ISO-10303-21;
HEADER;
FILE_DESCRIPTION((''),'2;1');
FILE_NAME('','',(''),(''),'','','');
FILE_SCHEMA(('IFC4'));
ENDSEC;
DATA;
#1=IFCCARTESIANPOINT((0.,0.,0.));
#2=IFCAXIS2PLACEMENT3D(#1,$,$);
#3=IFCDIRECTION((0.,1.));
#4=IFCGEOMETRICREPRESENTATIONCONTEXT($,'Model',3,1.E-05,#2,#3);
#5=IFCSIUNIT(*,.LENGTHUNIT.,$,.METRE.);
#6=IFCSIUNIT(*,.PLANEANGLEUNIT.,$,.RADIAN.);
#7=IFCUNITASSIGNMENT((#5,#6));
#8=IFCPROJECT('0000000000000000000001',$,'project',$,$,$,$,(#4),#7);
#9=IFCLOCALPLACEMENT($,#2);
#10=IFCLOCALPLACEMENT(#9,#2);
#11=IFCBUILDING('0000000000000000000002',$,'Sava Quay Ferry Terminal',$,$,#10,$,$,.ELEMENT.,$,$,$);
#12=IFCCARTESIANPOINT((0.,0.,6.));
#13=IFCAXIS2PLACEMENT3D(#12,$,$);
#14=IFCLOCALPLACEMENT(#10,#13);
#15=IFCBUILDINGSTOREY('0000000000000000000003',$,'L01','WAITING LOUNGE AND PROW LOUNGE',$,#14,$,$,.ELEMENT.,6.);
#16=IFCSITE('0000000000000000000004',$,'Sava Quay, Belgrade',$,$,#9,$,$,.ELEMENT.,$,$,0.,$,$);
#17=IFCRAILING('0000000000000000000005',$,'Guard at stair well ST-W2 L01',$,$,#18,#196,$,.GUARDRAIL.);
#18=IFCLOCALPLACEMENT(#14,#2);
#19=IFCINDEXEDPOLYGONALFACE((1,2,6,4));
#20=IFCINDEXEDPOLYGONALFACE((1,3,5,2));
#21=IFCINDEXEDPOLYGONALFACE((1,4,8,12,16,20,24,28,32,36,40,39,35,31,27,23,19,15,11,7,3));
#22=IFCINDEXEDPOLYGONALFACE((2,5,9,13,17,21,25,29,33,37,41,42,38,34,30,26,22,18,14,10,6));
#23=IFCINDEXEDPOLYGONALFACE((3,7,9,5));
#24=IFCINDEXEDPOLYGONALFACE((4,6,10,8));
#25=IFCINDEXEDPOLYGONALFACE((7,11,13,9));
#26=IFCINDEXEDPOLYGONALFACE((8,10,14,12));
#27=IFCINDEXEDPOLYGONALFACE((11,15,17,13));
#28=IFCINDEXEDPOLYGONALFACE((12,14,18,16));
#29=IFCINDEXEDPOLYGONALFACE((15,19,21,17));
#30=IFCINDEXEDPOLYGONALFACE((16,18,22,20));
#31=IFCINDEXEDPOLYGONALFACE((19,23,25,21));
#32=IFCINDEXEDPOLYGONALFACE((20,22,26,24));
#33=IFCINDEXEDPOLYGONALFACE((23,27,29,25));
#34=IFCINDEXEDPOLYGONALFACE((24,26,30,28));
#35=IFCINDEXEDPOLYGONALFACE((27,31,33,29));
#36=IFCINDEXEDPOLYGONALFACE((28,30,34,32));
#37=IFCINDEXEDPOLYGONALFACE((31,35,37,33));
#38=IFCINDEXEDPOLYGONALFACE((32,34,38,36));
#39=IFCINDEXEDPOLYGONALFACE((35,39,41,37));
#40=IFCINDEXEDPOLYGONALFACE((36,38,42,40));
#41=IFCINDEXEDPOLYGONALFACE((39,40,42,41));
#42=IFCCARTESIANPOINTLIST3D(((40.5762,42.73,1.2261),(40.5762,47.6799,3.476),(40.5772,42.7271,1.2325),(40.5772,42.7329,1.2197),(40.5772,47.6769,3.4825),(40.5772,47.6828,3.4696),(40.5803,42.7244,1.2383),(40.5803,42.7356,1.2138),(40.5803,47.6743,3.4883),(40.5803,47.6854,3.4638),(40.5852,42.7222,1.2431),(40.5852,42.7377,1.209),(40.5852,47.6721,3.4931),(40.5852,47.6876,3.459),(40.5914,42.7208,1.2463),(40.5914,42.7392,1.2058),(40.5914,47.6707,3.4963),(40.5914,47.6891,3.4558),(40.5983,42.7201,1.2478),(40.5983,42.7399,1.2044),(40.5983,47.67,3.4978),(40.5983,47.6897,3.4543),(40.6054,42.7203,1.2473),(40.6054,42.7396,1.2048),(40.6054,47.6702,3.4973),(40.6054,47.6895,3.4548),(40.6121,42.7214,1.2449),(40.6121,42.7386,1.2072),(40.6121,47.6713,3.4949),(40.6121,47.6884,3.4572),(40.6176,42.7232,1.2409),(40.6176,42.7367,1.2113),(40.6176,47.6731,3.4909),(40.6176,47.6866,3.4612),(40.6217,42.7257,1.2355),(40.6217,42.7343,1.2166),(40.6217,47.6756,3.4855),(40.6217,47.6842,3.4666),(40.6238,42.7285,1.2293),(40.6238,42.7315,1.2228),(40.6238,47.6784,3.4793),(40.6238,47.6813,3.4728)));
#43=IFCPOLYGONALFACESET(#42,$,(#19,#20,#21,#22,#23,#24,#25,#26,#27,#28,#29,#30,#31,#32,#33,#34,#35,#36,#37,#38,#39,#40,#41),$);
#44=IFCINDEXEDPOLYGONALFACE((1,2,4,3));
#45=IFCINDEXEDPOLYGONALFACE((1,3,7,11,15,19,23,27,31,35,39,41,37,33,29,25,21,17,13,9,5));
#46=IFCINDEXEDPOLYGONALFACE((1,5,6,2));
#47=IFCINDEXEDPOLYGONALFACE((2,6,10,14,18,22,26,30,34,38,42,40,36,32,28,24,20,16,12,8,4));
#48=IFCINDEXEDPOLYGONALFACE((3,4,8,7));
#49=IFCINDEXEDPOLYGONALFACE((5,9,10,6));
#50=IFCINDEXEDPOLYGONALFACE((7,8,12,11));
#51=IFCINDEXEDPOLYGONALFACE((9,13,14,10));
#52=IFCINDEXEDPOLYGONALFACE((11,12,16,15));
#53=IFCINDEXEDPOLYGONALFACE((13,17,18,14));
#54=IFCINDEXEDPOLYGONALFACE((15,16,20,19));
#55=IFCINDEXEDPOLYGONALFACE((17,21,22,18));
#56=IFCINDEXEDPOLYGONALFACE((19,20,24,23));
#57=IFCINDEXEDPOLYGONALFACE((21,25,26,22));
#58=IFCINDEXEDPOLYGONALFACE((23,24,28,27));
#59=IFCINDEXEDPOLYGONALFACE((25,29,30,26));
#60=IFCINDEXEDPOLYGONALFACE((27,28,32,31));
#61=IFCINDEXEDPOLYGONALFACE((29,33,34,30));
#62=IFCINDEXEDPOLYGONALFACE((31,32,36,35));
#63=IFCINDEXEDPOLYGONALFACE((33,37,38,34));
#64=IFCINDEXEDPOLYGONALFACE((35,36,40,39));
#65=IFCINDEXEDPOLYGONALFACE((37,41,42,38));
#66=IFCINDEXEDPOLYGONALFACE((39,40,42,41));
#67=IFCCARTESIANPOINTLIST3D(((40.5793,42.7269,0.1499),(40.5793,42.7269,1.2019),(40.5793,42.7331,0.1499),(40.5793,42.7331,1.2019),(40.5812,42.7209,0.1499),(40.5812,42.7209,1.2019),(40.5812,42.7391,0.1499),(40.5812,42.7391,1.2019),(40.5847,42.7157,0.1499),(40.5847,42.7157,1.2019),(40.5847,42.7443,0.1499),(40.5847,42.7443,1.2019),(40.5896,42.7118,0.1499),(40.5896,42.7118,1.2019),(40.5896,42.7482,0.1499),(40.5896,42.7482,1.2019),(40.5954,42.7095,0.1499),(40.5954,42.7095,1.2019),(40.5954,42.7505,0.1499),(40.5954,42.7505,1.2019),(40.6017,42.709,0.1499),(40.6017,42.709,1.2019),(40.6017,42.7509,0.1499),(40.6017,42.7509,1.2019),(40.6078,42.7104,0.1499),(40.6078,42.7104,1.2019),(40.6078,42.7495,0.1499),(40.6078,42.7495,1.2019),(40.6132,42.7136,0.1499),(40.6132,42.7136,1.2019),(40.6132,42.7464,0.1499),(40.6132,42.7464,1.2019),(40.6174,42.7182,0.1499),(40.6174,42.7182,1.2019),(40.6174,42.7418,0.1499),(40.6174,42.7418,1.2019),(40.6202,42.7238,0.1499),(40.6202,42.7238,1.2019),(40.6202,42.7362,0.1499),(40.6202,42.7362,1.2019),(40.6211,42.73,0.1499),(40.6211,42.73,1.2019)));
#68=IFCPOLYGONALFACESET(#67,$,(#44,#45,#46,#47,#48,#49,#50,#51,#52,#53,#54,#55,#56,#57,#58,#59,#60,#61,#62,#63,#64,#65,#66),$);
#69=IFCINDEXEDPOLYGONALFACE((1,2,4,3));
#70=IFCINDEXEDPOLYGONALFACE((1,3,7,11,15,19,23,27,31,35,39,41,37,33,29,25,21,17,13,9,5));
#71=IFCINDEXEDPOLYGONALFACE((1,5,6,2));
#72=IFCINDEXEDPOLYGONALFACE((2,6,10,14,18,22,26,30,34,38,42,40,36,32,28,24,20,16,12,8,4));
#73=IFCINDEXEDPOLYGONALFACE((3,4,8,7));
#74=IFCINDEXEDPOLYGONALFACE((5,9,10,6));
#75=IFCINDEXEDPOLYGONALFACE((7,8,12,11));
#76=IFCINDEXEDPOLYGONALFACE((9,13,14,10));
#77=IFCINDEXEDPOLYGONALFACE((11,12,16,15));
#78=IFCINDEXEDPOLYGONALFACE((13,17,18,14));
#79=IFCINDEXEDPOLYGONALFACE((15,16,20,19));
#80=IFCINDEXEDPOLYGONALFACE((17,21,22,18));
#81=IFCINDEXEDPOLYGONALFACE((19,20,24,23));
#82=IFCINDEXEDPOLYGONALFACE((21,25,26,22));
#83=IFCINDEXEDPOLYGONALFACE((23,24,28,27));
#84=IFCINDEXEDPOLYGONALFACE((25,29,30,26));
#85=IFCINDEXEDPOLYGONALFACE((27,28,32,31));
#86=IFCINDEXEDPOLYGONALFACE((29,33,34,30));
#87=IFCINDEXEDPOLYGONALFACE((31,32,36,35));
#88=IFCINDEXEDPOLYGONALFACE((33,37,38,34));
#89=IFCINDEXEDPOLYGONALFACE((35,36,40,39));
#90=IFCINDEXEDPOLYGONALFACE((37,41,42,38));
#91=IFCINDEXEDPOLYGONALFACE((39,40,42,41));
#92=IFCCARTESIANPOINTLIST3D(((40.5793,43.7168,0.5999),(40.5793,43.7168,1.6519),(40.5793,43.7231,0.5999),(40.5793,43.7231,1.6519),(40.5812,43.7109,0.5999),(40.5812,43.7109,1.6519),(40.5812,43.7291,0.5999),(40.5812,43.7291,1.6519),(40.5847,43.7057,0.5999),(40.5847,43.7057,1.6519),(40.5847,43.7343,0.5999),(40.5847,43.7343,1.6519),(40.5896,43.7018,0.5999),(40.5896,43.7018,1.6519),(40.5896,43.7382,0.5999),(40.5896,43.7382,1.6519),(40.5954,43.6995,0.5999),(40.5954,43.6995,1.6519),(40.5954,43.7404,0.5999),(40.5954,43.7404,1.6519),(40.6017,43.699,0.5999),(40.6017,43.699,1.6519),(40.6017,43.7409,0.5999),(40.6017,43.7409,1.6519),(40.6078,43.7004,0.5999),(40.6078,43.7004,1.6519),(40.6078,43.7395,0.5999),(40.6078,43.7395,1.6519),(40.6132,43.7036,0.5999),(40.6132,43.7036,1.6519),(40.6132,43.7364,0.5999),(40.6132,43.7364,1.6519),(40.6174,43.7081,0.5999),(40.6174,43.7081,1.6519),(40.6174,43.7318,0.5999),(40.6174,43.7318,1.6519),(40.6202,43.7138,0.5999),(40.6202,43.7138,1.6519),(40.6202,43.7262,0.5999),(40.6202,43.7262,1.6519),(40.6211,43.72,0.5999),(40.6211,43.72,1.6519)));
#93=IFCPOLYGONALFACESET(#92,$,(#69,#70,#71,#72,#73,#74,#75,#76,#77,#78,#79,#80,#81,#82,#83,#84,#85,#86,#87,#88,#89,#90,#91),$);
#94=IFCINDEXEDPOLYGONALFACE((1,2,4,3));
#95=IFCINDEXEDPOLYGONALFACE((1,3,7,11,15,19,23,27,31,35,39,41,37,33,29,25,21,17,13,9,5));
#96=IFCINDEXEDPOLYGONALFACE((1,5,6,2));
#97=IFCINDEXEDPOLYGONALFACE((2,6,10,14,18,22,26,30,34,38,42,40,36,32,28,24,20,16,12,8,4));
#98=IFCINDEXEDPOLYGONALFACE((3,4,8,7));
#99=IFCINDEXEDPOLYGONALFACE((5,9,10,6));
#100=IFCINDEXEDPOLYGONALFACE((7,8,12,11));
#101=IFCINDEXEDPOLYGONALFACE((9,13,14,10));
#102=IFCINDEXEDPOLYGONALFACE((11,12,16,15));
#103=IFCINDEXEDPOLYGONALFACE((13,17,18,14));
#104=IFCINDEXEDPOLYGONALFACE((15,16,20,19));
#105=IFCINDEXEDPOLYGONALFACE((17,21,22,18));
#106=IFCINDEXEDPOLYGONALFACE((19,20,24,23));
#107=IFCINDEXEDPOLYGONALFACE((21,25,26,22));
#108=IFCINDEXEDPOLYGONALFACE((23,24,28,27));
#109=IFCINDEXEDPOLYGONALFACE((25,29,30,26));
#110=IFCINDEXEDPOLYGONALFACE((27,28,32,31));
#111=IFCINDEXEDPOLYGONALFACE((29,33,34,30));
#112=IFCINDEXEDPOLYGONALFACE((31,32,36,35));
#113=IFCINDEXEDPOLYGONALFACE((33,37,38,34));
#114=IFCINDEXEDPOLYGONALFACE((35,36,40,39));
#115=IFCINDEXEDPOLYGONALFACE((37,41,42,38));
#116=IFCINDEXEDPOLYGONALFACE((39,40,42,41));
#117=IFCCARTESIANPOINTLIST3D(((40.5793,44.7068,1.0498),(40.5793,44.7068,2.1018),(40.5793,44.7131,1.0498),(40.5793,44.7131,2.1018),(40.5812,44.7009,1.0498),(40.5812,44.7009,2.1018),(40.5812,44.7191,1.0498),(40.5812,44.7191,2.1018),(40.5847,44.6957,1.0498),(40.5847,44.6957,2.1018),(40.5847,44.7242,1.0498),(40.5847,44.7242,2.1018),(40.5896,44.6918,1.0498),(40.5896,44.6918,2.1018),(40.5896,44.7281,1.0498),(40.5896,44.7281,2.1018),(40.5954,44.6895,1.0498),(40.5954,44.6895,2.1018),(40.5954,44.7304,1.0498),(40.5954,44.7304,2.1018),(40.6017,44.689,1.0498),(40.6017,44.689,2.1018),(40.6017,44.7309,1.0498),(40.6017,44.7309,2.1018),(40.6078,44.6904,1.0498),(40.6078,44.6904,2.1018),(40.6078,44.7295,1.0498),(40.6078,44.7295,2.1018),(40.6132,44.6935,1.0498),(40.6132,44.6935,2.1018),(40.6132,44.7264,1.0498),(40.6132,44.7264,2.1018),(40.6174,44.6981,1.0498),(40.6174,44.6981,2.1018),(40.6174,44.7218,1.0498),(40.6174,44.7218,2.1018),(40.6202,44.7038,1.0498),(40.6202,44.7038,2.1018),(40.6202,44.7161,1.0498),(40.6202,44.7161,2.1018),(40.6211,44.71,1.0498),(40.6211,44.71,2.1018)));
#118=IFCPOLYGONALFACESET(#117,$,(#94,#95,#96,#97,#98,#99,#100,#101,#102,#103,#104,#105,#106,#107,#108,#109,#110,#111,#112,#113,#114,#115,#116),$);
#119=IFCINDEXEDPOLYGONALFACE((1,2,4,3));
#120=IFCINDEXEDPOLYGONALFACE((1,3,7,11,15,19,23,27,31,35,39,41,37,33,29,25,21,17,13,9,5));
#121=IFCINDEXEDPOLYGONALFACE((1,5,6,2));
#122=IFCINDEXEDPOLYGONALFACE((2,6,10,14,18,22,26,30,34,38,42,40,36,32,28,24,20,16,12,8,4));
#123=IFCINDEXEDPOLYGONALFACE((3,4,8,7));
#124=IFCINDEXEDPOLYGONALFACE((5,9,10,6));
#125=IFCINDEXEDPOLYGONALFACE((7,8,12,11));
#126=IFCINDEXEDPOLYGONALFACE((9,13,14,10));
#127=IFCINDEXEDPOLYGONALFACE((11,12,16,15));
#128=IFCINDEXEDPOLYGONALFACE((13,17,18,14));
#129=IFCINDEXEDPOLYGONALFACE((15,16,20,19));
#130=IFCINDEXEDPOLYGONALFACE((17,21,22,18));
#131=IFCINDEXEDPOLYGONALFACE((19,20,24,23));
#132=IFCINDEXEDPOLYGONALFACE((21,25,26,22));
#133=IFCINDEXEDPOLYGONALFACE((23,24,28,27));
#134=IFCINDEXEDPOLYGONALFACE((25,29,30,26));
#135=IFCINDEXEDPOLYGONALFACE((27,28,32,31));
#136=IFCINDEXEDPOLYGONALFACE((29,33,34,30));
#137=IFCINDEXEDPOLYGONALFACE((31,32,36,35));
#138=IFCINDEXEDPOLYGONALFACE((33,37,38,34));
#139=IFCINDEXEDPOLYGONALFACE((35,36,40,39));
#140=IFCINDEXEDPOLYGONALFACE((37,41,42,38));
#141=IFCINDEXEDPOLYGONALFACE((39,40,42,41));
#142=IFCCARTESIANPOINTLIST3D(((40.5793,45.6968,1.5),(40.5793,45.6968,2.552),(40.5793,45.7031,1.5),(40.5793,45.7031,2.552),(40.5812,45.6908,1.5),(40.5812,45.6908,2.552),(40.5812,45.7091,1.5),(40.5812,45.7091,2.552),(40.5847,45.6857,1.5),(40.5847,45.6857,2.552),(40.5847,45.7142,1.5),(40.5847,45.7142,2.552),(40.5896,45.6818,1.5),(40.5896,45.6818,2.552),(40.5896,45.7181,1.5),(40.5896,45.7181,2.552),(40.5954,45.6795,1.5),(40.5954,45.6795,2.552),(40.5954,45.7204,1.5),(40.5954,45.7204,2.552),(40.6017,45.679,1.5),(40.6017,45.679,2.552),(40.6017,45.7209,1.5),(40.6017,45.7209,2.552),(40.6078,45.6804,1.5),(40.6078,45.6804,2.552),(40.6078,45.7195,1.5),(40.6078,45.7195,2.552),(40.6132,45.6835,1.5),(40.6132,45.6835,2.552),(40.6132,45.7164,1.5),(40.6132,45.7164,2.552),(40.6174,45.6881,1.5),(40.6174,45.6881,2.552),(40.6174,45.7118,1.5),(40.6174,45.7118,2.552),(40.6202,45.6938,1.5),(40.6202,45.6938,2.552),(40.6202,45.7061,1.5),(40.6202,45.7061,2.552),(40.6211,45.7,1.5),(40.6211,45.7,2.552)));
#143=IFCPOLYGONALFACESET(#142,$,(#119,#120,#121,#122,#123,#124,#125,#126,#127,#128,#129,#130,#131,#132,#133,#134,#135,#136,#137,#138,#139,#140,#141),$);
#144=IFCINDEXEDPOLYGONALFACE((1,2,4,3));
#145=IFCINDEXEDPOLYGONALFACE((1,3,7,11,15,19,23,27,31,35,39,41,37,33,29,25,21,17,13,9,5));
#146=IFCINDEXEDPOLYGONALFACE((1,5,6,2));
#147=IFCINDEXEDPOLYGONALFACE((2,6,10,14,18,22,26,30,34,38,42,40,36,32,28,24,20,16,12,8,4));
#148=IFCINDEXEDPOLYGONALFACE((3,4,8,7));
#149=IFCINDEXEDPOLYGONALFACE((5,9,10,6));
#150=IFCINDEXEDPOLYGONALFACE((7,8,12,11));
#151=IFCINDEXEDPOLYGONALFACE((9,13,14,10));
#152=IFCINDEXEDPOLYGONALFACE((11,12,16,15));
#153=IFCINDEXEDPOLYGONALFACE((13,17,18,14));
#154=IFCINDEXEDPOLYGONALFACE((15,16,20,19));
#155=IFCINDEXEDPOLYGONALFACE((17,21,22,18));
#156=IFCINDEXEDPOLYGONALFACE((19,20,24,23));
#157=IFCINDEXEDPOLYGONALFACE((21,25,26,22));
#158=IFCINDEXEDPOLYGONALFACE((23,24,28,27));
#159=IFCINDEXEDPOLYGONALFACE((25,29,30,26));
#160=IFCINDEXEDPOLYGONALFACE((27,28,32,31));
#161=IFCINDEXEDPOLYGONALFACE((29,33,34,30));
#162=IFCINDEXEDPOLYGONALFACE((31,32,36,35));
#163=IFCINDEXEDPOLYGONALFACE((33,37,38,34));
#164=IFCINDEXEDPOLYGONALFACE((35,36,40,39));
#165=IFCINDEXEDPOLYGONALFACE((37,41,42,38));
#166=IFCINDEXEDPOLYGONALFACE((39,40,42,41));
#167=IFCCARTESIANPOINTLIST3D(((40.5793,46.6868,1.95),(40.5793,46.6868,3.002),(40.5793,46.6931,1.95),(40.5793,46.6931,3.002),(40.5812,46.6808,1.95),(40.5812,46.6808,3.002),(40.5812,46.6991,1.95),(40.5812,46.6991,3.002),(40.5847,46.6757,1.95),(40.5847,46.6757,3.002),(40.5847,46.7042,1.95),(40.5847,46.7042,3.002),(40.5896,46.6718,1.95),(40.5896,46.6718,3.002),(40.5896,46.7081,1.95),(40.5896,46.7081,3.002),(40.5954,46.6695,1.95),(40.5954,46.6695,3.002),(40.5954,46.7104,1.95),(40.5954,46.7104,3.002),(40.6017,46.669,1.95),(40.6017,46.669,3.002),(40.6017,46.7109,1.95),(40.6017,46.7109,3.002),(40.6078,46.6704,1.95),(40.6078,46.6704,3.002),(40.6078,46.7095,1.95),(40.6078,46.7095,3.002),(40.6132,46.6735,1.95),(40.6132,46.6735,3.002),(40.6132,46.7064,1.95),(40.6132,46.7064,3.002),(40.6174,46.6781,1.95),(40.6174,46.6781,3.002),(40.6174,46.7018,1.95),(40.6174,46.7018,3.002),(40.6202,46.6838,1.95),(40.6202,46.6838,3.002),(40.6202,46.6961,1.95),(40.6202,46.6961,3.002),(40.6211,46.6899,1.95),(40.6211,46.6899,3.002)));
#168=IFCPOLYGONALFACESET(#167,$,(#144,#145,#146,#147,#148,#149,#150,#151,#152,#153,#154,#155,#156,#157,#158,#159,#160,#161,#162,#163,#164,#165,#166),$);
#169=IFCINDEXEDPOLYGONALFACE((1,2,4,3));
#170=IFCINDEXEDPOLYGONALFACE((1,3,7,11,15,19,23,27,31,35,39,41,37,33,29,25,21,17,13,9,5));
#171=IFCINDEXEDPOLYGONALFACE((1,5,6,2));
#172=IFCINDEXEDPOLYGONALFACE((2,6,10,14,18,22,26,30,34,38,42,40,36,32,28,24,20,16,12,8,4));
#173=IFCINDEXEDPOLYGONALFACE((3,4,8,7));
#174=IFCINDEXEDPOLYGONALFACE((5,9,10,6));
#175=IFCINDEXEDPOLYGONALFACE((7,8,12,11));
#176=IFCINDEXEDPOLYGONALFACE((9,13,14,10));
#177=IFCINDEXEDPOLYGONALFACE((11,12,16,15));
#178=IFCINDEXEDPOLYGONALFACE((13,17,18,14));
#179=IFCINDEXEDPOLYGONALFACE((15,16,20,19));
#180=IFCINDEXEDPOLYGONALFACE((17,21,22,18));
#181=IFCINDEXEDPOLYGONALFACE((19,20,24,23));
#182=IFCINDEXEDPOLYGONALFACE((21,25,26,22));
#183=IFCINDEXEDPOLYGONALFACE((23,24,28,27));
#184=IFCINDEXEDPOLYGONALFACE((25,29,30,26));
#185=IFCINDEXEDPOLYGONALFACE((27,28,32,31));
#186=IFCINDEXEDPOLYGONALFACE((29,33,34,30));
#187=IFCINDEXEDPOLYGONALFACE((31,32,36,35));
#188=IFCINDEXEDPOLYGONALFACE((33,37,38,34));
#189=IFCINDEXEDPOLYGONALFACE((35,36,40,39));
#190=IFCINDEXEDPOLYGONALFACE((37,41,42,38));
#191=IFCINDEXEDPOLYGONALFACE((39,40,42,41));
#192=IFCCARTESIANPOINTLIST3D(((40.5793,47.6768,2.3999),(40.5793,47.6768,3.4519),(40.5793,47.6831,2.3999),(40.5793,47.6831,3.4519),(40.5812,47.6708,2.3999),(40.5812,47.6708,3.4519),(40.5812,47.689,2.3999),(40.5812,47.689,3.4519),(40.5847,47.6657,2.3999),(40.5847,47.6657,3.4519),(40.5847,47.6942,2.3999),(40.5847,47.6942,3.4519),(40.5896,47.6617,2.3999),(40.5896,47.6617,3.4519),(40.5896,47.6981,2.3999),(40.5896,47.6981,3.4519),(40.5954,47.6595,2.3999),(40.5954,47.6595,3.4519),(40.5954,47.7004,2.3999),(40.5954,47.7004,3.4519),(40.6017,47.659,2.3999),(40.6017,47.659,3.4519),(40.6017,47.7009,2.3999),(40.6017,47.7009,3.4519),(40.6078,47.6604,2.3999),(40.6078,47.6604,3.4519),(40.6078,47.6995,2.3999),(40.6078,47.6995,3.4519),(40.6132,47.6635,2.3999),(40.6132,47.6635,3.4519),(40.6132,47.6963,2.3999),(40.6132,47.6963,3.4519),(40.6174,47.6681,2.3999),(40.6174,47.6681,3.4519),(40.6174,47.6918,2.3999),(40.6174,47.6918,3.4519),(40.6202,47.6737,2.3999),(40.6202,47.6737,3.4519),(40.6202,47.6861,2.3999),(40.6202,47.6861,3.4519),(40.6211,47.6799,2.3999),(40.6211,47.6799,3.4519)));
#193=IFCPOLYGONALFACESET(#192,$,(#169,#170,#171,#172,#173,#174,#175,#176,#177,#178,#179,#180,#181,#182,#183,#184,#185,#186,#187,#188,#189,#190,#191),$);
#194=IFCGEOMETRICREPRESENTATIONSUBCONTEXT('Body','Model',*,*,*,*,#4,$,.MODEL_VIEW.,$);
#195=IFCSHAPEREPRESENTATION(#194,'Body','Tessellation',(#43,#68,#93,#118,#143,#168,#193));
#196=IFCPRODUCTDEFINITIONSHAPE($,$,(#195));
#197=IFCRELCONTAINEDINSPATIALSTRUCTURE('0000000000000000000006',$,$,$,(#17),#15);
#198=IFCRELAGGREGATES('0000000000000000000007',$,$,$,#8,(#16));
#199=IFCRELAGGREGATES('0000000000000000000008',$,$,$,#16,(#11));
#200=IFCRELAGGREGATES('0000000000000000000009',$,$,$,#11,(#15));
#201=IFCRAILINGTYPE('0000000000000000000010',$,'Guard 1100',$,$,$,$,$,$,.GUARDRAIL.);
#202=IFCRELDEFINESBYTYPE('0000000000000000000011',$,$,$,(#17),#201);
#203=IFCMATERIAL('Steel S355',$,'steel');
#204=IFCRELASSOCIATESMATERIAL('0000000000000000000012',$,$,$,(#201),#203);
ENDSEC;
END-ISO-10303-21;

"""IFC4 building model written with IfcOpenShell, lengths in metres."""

from ifc_helpers import new_model, si_unit, direction, frame, origin, origin_2d, place, context, subcontext, project, spatial, circle, extrude, material, type_object, element, save


model = new_model("IFC4")

# Units and contexts
model_context = context("Model", 3, precision=1e-05, world=origin(), true_north=direction((0.0, 1.0)))
body_context = subcontext(model_context, "Body", "Model", "MODEL_VIEW")
ifc_project = project(units=[si_unit("LENGTHUNIT", "METRE"), si_unit("PLANEANGLEUNIT", "RADIAN")], contexts=[model_context])

# Site, building, storey
site_placement = place(None, origin())
site = spatial("IfcSite", under=ifc_project, at=site_placement, Name="Sava Quay, Belgrade", CompositionType="ELEMENT", RefElevation=0.0)
building_placement = place(site_placement, origin())
building = spatial("IfcBuilding", under=site, at=building_placement, Name="Sava Quay Ferry Terminal", CompositionType="ELEMENT")
storey_placement = place(building_placement, frame((0.0, 0.0, 6.0)))
storey = spatial("IfcBuildingStorey", under=building, at=storey_placement, Name="L01", Description="WAITING LOUNGE AND PROW LOUNGE", CompositionType="ELEMENT", Elevation=6.0)

# Railing
ifc_material_1 = material(Name="Steel S355", Category="steel")
railing_type_1 = type_object("IfcRailingType", Name="Guard 1100", PredefinedType="GUARDRAIL", material=ifc_material_1)
railing_1_placement = place(storey_placement, frame((40.6001, 42.73, 0.1499)))
element("IfcRailing", 1, at=railing_1_placement, inside=storey, type_object=railing_type_1, Name="Guard at stair well ST-W2 L01", PredefinedType="GUARDRAIL", context=body_context, shape_type="SweptSolid", body=[
    extrude(circle(Radius=0.0239, at=origin_2d()), frame((0.0, 0.0, 1.0762), z_axis=(0.0, 0.910365, 0.413806), x_axis=(-1.0, 0.0, 0.0)), (0.0, 0.0, 1.0), 5.4373),
    extrude(circle(Radius=0.021, at=origin_2d()), origin(), (0.0, 0.0, 1.0), 1.052),
    extrude(circle(Radius=0.021, at=origin_2d()), frame((0.0, 0.99, 0.45)), (0.0, 0.0, 1.0), 1.052),
    extrude(circle(Radius=0.021, at=origin_2d()), frame((0.0, 1.98, 0.8999)), (0.0, 0.0, 1.0), 1.052),
    extrude(circle(Radius=0.021, at=origin_2d()), frame((0.0, 2.97, 1.3501)), (0.0, 0.0, 1.0), 1.052),
    extrude(circle(Radius=0.021, at=origin_2d()), frame((0.0, 3.96, 1.8)), (0.0, 0.0, 1.0), 1.052),
    extrude(circle(Radius=0.021, at=origin_2d()), frame((0.0, 4.95, 2.25)), (0.0, 0.0, 1.0), 1.052),
])

save(model, "model.ifc")
